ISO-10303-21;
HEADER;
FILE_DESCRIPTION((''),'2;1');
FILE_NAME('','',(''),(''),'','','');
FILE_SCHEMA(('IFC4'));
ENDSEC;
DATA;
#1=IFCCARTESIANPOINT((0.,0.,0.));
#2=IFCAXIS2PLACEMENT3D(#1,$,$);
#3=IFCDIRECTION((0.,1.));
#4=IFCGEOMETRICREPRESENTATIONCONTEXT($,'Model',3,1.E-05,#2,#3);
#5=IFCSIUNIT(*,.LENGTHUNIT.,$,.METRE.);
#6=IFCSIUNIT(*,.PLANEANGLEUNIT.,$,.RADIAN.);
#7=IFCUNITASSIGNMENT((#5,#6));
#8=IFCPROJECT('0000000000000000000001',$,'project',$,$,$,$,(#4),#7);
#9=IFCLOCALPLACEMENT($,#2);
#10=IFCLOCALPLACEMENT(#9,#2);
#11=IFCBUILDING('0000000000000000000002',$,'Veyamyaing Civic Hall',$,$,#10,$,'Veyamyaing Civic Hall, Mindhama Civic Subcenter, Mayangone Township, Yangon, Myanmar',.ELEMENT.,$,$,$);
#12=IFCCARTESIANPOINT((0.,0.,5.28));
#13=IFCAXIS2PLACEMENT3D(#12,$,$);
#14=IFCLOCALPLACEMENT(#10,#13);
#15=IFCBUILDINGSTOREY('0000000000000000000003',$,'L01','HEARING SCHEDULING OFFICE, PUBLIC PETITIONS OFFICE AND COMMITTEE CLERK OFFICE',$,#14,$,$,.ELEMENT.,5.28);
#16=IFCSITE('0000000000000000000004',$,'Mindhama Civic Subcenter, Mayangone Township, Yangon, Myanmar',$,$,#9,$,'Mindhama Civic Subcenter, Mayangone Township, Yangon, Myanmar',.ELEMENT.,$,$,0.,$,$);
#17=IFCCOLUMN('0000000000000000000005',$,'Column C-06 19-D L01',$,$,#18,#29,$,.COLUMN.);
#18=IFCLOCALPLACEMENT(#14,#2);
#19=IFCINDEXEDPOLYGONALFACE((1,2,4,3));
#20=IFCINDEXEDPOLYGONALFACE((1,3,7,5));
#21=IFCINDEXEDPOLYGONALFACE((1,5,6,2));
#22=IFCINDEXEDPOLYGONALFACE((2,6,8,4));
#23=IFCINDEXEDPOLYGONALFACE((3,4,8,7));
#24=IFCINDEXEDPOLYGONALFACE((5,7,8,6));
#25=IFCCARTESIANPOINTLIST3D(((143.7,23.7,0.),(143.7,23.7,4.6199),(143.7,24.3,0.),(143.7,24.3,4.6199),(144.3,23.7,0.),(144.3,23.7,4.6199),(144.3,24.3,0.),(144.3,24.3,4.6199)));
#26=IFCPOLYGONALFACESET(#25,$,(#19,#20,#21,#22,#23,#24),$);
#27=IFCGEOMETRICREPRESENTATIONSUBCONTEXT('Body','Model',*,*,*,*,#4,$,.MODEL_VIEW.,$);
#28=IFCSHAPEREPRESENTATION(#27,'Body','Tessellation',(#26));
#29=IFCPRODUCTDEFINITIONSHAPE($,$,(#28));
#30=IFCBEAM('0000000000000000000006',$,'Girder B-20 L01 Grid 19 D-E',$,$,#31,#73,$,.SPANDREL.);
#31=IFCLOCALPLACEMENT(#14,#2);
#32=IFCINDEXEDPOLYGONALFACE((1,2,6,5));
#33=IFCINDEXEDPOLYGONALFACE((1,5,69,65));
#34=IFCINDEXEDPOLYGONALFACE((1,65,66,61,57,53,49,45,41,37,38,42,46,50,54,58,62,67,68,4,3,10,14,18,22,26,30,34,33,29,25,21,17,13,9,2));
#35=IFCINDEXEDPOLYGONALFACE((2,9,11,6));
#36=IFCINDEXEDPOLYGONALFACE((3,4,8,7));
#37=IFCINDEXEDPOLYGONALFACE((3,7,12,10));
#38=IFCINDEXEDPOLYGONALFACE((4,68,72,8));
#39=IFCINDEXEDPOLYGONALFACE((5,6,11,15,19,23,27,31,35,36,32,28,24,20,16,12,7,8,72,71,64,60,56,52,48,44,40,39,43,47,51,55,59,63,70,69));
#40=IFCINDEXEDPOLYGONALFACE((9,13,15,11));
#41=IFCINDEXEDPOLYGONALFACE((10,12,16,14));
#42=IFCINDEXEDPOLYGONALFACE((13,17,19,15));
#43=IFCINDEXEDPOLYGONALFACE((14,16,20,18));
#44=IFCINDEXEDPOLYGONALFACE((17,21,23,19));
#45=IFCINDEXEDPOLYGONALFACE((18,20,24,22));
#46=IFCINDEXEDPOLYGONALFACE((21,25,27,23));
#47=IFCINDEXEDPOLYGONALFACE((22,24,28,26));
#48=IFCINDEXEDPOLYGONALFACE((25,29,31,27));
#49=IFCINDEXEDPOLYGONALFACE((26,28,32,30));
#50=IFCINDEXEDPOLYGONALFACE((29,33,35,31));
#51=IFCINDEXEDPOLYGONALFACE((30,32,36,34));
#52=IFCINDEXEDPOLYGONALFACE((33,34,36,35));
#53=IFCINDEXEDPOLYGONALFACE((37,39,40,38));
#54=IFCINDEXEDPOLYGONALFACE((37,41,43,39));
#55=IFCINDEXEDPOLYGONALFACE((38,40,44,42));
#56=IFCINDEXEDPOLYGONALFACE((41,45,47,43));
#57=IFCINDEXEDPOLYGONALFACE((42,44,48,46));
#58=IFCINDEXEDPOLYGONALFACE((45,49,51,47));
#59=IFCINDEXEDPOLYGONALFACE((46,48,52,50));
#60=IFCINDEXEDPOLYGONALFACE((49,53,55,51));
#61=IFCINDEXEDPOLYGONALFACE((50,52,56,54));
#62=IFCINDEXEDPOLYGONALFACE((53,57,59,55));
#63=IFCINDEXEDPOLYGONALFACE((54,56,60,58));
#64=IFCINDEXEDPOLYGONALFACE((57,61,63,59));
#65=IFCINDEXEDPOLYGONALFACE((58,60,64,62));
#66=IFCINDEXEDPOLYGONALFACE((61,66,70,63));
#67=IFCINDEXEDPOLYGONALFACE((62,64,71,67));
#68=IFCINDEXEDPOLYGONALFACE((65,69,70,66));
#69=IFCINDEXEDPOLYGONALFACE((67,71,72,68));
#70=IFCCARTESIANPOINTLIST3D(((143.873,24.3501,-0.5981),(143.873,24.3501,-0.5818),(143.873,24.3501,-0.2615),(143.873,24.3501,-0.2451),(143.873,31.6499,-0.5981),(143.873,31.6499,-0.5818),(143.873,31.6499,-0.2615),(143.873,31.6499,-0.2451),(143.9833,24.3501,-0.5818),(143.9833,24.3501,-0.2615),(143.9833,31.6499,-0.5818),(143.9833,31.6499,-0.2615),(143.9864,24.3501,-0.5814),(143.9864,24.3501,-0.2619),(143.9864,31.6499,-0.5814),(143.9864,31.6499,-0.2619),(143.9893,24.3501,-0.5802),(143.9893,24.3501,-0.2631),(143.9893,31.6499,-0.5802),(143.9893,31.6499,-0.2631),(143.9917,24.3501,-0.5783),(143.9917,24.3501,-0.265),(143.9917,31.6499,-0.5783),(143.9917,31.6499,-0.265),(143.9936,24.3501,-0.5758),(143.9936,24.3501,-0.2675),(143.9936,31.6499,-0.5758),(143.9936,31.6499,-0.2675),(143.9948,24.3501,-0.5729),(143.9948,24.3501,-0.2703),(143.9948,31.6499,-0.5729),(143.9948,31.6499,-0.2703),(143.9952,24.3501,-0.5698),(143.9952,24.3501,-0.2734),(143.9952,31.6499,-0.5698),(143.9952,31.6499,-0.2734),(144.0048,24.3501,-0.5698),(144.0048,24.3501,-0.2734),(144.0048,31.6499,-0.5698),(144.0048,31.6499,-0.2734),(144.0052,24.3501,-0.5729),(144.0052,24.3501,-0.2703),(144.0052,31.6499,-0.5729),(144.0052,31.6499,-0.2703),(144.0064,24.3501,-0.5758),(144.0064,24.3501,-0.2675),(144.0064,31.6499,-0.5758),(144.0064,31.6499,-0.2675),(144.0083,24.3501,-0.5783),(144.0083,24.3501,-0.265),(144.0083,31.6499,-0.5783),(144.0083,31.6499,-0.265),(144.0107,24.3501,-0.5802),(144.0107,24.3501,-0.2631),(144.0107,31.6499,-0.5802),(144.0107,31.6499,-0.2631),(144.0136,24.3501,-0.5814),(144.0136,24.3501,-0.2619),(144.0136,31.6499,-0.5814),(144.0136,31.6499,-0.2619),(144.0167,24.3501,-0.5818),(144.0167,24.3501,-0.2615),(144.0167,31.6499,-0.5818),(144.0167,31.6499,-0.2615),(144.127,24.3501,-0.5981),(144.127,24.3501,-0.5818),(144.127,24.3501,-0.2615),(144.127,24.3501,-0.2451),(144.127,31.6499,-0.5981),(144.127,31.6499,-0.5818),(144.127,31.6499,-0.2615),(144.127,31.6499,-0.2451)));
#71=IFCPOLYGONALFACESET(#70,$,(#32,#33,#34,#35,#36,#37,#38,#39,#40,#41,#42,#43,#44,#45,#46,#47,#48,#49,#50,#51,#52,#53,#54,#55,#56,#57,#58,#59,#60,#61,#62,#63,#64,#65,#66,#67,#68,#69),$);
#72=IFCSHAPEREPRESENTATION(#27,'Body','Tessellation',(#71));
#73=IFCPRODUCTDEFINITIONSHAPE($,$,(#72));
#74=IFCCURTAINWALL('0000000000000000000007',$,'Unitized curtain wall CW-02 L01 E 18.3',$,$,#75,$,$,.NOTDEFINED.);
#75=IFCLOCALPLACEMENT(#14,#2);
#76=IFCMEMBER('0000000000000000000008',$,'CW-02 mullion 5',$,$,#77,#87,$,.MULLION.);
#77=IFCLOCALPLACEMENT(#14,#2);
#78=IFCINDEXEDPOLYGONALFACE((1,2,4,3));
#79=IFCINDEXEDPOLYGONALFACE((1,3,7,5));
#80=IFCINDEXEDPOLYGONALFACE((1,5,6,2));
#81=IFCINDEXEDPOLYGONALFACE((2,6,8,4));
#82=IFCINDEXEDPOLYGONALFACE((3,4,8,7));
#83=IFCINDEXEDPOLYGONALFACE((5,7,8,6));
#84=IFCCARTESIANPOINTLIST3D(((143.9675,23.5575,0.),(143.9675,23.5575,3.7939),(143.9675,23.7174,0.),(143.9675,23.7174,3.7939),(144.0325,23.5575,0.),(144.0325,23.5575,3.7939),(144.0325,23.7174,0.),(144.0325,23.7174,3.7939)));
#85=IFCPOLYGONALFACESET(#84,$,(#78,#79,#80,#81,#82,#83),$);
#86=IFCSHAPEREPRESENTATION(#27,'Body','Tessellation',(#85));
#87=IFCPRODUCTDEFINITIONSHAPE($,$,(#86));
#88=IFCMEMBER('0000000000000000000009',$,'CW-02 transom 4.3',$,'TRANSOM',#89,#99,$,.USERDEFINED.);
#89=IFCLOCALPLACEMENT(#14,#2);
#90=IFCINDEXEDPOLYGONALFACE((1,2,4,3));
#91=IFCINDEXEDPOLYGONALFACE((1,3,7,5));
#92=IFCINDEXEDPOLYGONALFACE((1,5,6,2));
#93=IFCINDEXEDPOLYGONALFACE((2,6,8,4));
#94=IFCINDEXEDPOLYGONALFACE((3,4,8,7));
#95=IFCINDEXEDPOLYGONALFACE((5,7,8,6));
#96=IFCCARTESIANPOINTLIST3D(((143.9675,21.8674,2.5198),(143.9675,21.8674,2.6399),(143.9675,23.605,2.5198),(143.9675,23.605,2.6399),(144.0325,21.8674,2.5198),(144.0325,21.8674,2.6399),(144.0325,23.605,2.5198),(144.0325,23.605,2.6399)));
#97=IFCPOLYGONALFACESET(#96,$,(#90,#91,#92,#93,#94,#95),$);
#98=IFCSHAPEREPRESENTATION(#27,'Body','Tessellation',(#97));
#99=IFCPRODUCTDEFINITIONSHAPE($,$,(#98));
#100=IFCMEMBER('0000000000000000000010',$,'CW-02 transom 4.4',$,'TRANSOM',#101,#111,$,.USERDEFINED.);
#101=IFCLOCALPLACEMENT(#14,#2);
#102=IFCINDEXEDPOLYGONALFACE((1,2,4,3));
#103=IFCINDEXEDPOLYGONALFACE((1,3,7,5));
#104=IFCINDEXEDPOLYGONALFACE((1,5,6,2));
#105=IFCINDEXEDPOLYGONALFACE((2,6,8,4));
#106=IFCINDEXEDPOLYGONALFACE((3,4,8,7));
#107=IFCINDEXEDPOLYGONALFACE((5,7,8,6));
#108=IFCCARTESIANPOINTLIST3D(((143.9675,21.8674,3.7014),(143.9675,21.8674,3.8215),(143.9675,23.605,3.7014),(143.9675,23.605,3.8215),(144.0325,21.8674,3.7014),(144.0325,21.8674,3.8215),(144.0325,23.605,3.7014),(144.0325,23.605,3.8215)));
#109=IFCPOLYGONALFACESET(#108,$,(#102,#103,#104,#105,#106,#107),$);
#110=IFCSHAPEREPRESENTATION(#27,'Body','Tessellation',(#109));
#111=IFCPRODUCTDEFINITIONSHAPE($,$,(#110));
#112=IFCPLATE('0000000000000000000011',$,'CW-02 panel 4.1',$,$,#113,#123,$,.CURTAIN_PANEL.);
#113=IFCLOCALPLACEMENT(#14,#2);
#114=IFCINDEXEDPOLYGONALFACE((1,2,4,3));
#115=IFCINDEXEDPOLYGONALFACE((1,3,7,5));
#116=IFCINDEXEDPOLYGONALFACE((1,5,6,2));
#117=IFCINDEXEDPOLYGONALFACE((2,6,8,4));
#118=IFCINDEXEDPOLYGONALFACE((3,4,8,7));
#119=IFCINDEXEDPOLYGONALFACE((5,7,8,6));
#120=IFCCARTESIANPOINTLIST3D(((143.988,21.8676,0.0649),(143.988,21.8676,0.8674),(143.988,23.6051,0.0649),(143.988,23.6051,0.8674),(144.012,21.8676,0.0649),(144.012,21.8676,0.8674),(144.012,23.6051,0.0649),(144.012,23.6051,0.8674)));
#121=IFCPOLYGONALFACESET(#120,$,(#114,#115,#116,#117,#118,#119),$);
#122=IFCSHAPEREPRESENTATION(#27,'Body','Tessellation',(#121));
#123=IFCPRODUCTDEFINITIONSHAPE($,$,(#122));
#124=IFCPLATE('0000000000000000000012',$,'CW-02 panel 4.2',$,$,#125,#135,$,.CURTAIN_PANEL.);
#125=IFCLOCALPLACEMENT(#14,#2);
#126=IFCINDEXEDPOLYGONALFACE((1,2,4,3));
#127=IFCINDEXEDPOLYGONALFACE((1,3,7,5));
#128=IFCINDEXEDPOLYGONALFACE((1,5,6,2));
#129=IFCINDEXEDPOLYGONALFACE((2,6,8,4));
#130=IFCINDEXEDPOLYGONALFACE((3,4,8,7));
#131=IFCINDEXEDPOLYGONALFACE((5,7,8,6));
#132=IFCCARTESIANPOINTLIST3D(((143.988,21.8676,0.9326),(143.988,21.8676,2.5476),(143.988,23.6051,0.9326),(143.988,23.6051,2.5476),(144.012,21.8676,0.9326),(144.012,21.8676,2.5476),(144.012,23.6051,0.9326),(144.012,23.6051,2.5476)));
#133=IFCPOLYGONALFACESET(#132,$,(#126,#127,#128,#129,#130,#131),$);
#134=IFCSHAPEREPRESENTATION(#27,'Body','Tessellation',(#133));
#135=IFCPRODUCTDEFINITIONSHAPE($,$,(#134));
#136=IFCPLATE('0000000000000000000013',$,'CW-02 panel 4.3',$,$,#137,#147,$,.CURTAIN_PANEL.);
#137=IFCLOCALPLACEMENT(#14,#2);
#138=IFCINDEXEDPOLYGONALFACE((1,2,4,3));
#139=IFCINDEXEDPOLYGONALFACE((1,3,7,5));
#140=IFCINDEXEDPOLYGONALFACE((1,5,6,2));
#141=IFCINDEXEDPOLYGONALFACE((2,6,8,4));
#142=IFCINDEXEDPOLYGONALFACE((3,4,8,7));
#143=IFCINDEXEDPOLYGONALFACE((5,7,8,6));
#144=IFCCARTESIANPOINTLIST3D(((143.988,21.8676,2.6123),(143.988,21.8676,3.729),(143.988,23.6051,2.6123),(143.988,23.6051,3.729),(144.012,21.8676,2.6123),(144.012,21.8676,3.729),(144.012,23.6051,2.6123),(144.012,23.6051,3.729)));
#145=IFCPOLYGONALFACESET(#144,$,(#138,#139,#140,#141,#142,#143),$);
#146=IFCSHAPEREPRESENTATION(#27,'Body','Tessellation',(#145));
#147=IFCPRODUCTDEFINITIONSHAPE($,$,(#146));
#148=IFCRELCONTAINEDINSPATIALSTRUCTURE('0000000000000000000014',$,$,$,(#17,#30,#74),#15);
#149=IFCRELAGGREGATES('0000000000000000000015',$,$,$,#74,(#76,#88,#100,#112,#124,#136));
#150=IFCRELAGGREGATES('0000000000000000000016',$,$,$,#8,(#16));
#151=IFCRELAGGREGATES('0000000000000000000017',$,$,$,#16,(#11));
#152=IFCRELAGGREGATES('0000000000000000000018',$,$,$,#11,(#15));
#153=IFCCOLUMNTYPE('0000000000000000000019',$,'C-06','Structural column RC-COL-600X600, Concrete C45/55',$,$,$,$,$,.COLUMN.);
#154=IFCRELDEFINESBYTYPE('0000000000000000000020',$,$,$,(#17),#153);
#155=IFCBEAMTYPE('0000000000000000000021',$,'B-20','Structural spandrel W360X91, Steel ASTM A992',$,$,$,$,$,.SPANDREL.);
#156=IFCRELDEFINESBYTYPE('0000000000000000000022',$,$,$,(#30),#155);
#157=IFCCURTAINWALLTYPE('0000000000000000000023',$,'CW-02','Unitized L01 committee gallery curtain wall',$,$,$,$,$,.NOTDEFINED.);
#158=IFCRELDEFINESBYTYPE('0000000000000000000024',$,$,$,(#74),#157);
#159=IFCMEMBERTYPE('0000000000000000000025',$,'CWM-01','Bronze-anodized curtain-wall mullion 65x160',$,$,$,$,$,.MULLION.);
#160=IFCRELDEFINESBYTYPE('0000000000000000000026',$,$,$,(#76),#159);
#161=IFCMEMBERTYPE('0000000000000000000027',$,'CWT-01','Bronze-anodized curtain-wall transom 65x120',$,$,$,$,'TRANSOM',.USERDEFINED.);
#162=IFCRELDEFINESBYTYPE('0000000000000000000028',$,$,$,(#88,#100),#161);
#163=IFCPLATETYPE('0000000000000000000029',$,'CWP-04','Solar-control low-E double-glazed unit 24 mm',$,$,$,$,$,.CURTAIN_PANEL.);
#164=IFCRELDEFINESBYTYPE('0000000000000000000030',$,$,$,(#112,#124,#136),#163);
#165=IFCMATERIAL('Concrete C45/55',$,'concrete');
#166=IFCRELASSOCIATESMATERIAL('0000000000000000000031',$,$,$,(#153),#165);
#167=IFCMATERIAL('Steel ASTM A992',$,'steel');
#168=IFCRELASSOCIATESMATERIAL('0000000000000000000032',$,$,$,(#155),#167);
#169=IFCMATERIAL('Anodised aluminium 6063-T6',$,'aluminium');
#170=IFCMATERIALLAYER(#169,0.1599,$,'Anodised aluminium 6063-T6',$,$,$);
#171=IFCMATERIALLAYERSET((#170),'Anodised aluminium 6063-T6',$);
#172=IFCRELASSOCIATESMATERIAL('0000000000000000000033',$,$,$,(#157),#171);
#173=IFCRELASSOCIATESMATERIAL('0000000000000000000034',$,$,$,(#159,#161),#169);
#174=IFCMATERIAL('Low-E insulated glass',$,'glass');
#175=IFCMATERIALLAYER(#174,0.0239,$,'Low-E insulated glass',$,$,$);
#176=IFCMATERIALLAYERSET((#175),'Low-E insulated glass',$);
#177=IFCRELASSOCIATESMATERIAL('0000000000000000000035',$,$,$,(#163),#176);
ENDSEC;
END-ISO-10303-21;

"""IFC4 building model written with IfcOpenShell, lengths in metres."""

from ifc_helpers import new_model, si_unit, direction, frame, origin, origin_2d, place, context, subcontext, project, spatial, rectangle, i_section, extrude, material, layer, layer_set, material_profile, profile_set, type_object, element, aggregate, save


model = new_model("IFC4")

# Units and contexts
model_context = context("Model", 3, precision=1e-05, world=origin(), true_north=direction((0.0, 1.0)))
body_context = subcontext(model_context, "Body", "Model", "MODEL_VIEW")
ifc_project = project(units=[si_unit("LENGTHUNIT", "METRE"), si_unit("PLANEANGLEUNIT", "RADIAN")], contexts=[model_context])

# Site, building, storey
site_placement = place(None, origin())
site = spatial("IfcSite", under=ifc_project, at=site_placement, Name="Mindhama Civic Subcenter, Mayangone Township, Yangon, Myanmar", LongName="Mindhama Civic Subcenter, Mayangone Township, Yangon, Myanmar", CompositionType="ELEMENT", RefElevation=0.0)
building_placement = place(site_placement, origin())
building = spatial("IfcBuilding", under=site, at=building_placement, Name="Veyamyaing Civic Hall", LongName="Veyamyaing Civic Hall, Mindhama Civic Subcenter, Mayangone Township, Yangon, Myanmar", CompositionType="ELEMENT")
storey_placement = place(building_placement, frame((0.0, 0.0, 5.28)))
storey = spatial("IfcBuildingStorey", under=building, at=storey_placement, Name="L01", Description="HEARING SCHEDULING OFFICE, PUBLIC PETITIONS OFFICE AND COMMITTEE CLERK OFFICE", CompositionType="ELEMENT", Elevation=5.28)

# Column
ifc_material_1 = material(Name="Concrete C45/55", Category="concrete")
ifc_material_profile_1 = material_profile(ifc_material_1, rectangle(XDim=0.6001, YDim=0.6001, at=origin_2d()), Name="RC-COL-600X600")
ifc_profile_set_1 = profile_set([ifc_material_profile_1], Name="Concrete C45/55")
column_type = type_object("IfcColumnType", Name="C-06", Description="Structural column RC-COL-600X600, Concrete C45/55", PredefinedType="COLUMN", material=ifc_profile_set_1)
column_placement = place(storey_placement, frame((144.0, 24.0, 0.0), z_axis=(0.0, 0.0, 1.0), x_axis=(1.0, 0.0, 0.0)))
element("IfcColumn", 1, at=column_placement, inside=storey, type_object=column_type, Name="Column C-06 19-D L01", PredefinedType="COLUMN", context=body_context, shape_type="SweptSolid", body=[
    extrude(rectangle(XDim=0.6001, YDim=0.6001, at=origin_2d()), origin(), (0.0, 0.0, 1.0), 4.6199),
])

# Beam
ifc_material_2 = material(Name="Steel ASTM A992", Category="steel")
ifc_material_profile_2 = material_profile(ifc_material_2, i_section(OverallWidth=0.2539, OverallDepth=0.353, WebThickness=0.0095, FlangeThickness=0.0164, FilletRadius=0.012, at=origin_2d()), Name="W360X91")
ifc_profile_set_2 = profile_set([ifc_material_profile_2], Name="Steel ASTM A992")
beam_type = type_object("IfcBeamType", Name="B-20", Description="Structural spandrel W360X91, Steel ASTM A992", PredefinedType="SPANDREL", material=ifc_profile_set_2)
beam_placement = place(storey_placement, frame((144.0, 24.3501, -0.4216), z_axis=(0.0, 1.0, 0.0), x_axis=(-1.0, 0.0, 0.0)))
element("IfcBeam", 2, at=beam_placement, inside=storey, type_object=beam_type, Name="Girder B-20 L01 Grid 19 D-E", PredefinedType="SPANDREL", context=body_context, shape_type="SweptSolid", body=[
    extrude(i_section(OverallWidth=0.2539, OverallDepth=0.353, WebThickness=0.0095, FlangeThickness=0.0164, FilletRadius=0.012, at=origin_2d()), origin(), (0.0, 0.0, 1.0), 7.2998),
])

# Curtain wall, members, plates
ifc_material_3 = material(Name="Anodised aluminium 6063-T6", Category="aluminium")
ifc_layer_1 = layer(ifc_material_3, 0.1599, Name="Anodised aluminium 6063-T6")
ifc_layer_set_1 = layer_set([ifc_layer_1], Name="Anodised aluminium 6063-T6")
curtain_wall_type = type_object("IfcCurtainWallType", Name="CW-02", Description="Unitized L01 committee gallery curtain wall", PredefinedType="NOTDEFINED", material=ifc_layer_set_1)
curtain_wall_placement = place(storey_placement, origin())
curtain_wall = element("IfcCurtainWall", 3, at=curtain_wall_placement, inside=storey, type_object=curtain_wall_type, Name="Unitized curtain wall CW-02 L01 E 18.3", PredefinedType="NOTDEFINED")
ifc_material_profile_3 = material_profile(ifc_material_3, rectangle(XDim=0.0649, YDim=0.1599, at=origin_2d()), Name="ALU-MUL-65X160")
ifc_profile_set_3 = profile_set([ifc_material_profile_3], Name="Anodised aluminium 6063-T6")
member_type_1 = type_object("IfcMemberType", Name="CWM-01", Description="Bronze-anodized curtain-wall mullion 65x160", PredefinedType="MULLION", material=ifc_profile_set_3)
member_1_placement = place(storey_placement, frame((144.0, 23.6375, 0.0), z_axis=(0.0, 0.0, 1.0), x_axis=(-1.0, 0.0, 0.0)))
member_1 = element("IfcMember", 4, at=member_1_placement, type_object=member_type_1, Name="CW-02 mullion 5", PredefinedType="MULLION", context=body_context, shape_type="SweptSolid", body=[
    extrude(rectangle(XDim=0.0649, YDim=0.1599, at=origin_2d()), origin(), (0.0, 0.0, 1.0), 3.7939),
])
ifc_material_profile_4 = material_profile(ifc_material_3, rectangle(XDim=0.0649, YDim=0.1201, at=origin_2d()), Name="ALU-TRN-65X120")
ifc_profile_set_4 = profile_set([ifc_material_profile_4], Name="Anodised aluminium 6063-T6")
member_type_2 = type_object("IfcMemberType", Name="CWT-01", Description="Bronze-anodized curtain-wall transom 65x120", ElementType="TRANSOM", PredefinedType="USERDEFINED", material=ifc_profile_set_4)
member_2_placement = place(storey_placement, frame((144.0, 21.8674, 2.5798), z_axis=(0.0, 1.0, 0.0), x_axis=(-1.0, 0.0, 0.0)))
member_2 = element("IfcMember", 5, at=member_2_placement, type_object=member_type_2, Name="CW-02 transom 4.3", ObjectType="TRANSOM", PredefinedType="USERDEFINED", context=body_context, shape_type="SweptSolid", body=[
    extrude(rectangle(XDim=0.0649, YDim=0.1201, at=origin_2d()), origin(), (0.0, 0.0, 1.0), 1.7375),
])
member_3_placement = place(storey_placement, frame((144.0, 21.8674, 3.7615), z_axis=(0.0, 1.0, 0.0), x_axis=(-1.0, 0.0, 0.0)))
member_3 = element("IfcMember", 6, at=member_3_placement, type_object=member_type_2, Name="CW-02 transom 4.4", ObjectType="TRANSOM", PredefinedType="USERDEFINED", context=body_context, shape_type="SweptSolid", body=[
    extrude(rectangle(XDim=0.0649, YDim=0.1201, at=origin_2d()), origin(), (0.0, 0.0, 1.0), 1.7375),
])
ifc_material_4 = material(Name="Low-E insulated glass", Category="glass")
ifc_layer_2 = layer(ifc_material_4, 0.0239, Name="Low-E insulated glass")
ifc_layer_set_2 = layer_set([ifc_layer_2], Name="Low-E insulated glass")
plate_type = type_object("IfcPlateType", Name="CWP-04", Description="Solar-control low-E double-glazed unit 24 mm", PredefinedType="CURTAIN_PANEL", material=ifc_layer_set_2)
plate_1_placement = place(storey_placement, frame((144.0, 22.7363, 0.0649), z_axis=(0.0, 0.0, 1.0), x_axis=(0.0, 1.0, 0.0)))
plate_1 = element("IfcPlate", 7, at=plate_1_placement, type_object=plate_type, Name="CW-02 panel 4.1", PredefinedType="CURTAIN_PANEL", context=body_context, shape_type="SweptSolid", body=[
    extrude(rectangle(XDim=1.7375, YDim=0.0239, at=origin_2d()), origin(), (0.0, 0.0, 1.0), 0.8025),
])
plate_2_placement = place(storey_placement, frame((144.0, 22.7363, 0.9326), z_axis=(0.0, 0.0, 1.0), x_axis=(0.0, 1.0, 0.0)))
plate_2 = element("IfcPlate", 8, at=plate_2_placement, type_object=plate_type, Name="CW-02 panel 4.2", PredefinedType="CURTAIN_PANEL", context=body_context, shape_type="SweptSolid", body=[
    extrude(rectangle(XDim=1.7375, YDim=0.0239, at=origin_2d()), origin(), (0.0, 0.0, 1.0), 1.615),
])
plate_3_placement = place(storey_placement, frame((144.0, 22.7363, 2.6123), z_axis=(0.0, 0.0, 1.0), x_axis=(0.0, 1.0, 0.0)))
plate_3 = element("IfcPlate", 9, at=plate_3_placement, type_object=plate_type, Name="CW-02 panel 4.3", PredefinedType="CURTAIN_PANEL", context=body_context, shape_type="SweptSolid", body=[
    extrude(rectangle(XDim=1.7375, YDim=0.0239, at=origin_2d()), origin(), (0.0, 0.0, 1.0), 1.1167),
])
aggregate(curtain_wall, [member_1, member_2, member_3, plate_1, plate_2, plate_3])

save(model, "model.ifc")
